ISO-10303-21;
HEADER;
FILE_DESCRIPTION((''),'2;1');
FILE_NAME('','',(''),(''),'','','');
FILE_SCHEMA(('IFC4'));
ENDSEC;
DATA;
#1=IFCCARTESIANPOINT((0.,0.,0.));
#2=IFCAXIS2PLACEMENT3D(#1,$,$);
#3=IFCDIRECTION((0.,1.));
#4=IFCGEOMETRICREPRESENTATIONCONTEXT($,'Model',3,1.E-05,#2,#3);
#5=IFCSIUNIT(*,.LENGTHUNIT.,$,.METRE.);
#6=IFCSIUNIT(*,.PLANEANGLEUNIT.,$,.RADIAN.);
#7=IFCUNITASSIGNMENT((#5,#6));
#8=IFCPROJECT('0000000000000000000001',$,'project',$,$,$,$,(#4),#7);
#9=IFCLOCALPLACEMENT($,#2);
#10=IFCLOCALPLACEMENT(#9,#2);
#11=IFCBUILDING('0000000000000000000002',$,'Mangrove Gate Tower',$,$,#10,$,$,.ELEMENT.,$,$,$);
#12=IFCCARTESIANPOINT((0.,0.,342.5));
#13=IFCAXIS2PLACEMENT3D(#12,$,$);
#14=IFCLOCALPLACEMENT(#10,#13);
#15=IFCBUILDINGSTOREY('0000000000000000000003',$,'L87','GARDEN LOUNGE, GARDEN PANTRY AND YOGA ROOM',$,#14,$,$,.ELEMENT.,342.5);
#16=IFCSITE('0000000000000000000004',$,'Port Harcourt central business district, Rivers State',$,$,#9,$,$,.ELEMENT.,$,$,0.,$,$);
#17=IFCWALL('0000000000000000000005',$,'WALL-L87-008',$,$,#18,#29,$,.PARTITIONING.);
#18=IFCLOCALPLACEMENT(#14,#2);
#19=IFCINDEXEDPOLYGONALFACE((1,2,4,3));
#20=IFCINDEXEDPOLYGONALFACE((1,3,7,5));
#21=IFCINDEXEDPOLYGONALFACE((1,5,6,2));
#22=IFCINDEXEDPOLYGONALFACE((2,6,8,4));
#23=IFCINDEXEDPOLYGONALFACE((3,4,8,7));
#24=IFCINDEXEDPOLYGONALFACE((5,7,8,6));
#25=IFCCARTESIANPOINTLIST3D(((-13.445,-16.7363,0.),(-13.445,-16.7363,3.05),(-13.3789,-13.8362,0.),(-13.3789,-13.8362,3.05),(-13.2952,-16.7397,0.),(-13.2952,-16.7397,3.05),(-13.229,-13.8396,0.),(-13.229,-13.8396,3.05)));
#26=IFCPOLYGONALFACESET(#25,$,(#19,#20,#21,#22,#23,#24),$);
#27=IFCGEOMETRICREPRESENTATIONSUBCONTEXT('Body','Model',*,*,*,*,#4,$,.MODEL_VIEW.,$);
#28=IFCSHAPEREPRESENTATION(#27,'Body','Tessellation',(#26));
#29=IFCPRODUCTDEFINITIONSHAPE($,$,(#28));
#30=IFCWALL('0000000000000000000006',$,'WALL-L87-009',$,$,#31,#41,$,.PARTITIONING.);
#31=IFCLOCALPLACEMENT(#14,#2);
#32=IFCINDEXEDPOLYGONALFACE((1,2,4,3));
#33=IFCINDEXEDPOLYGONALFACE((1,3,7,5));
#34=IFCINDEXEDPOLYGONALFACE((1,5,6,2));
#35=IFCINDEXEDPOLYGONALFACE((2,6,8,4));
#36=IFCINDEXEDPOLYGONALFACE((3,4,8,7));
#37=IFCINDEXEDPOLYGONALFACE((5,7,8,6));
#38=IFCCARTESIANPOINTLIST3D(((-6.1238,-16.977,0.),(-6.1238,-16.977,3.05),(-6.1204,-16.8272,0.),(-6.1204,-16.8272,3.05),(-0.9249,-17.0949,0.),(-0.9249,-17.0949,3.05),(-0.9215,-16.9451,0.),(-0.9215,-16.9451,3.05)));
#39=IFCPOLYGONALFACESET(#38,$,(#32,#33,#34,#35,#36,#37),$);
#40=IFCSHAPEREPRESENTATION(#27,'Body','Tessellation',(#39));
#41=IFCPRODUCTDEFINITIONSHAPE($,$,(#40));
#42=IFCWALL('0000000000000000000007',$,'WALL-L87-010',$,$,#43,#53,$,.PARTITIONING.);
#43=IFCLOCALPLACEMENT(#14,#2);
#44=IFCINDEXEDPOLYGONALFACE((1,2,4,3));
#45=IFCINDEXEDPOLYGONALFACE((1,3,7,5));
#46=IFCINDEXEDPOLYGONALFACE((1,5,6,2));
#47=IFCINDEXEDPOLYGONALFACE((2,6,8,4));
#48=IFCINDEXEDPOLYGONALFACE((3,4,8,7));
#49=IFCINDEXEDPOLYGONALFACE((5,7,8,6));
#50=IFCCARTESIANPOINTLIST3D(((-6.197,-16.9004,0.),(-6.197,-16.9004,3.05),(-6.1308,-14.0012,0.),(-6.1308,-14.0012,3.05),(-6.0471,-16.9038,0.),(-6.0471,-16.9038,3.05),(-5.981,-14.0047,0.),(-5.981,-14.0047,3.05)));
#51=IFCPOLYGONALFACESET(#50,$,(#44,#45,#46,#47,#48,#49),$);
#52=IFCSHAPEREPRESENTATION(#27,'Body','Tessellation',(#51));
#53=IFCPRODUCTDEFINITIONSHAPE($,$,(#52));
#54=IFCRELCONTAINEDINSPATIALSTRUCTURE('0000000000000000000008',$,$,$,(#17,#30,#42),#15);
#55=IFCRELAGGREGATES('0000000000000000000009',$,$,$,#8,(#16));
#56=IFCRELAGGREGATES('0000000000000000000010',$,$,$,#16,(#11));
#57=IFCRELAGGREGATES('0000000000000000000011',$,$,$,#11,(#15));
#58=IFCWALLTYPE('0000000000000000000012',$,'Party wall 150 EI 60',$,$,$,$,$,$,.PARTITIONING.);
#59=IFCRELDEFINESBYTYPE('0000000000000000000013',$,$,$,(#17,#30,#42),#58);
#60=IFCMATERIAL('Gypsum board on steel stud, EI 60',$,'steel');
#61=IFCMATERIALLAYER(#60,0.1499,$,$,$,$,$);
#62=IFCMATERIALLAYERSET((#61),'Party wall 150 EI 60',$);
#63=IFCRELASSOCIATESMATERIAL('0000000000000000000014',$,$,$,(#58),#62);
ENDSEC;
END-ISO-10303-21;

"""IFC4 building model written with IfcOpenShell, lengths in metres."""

from ifc_helpers import new_model, si_unit, direction, frame, frame_2d, origin, place, context, subcontext, project, spatial, rectangle, extrude, material, layer, layer_set, type_object, element, save


model = new_model("IFC4")

# Units and contexts
model_context = context("Model", 3, precision=1e-05, world=origin(), true_north=direction((0.0, 1.0)))
body_context = subcontext(model_context, "Body", "Model", "MODEL_VIEW")
ifc_project = project(units=[si_unit("LENGTHUNIT", "METRE"), si_unit("PLANEANGLEUNIT", "RADIAN")], contexts=[model_context])

# Site, building, storey
site_placement = place(None, origin())
site = spatial("IfcSite", under=ifc_project, at=site_placement, Name="Port Harcourt central business district, Rivers State", CompositionType="ELEMENT", RefElevation=0.0)
building_placement = place(site_placement, origin())
building = spatial("IfcBuilding", under=site, at=building_placement, Name="Mangrove Gate Tower", CompositionType="ELEMENT")
storey_placement = place(building_placement, frame((0.0, 0.0, 342.5)))
storey = spatial("IfcBuildingStorey", under=building, at=storey_placement, Name="L87", Description="GARDEN LOUNGE, GARDEN PANTRY AND YOGA ROOM", CompositionType="ELEMENT", Elevation=342.5)

# Walls
ifc_material_1 = material(Name="Gypsum board on steel stud, EI 60", Category="steel")
ifc_layer_1 = layer(ifc_material_1, 0.1499)
ifc_layer_set_1 = layer_set([ifc_layer_1], Name="Party wall 150 EI 60")
wall_type_1 = type_object("IfcWallType", Name="Party wall 150 EI 60", PredefinedType="PARTITIONING", material=ifc_layer_set_1)
wall_1_placement = place(storey_placement, frame((-13.3701, -16.738, 0.0), z_axis=(0.0, 0.0, 1.0), x_axis=(0.022807, 0.99974, 0.0)))
element("IfcWall", 1, at=wall_1_placement, inside=storey, type_object=wall_type_1, Name="WALL-L87-008", PredefinedType="PARTITIONING", context=body_context, shape_type="SweptSolid", body=[
    extrude(rectangle(XDim=2.9009, YDim=0.1499, at=frame_2d((1.4504, 0.0))), origin(), (0.0, 0.0, 1.0), 3.05),
])
wall_2_placement = place(storey_placement, frame((-6.1221, -16.9021, 0.0), z_axis=(0.0, 0.0, 1.0), x_axis=(0.999743, -0.022676, 0.0)))
element("IfcWall", 2, at=wall_2_placement, inside=storey, type_object=wall_type_1, Name="WALL-L87-009", PredefinedType="PARTITIONING", context=body_context, shape_type="SweptSolid", body=[
    extrude(rectangle(XDim=5.2002, YDim=0.1499, at=frame_2d((2.6001, 0.0))), origin(), (0.0, 0.0, 1.0), 3.05),
])
wall_3_placement = place(storey_placement, frame((-6.1221, -16.9021, 0.0), z_axis=(0.0, 0.0, 1.0), x_axis=(0.022815, 0.99974, 0.0)))
element("IfcWall", 3, at=wall_3_placement, inside=storey, type_object=wall_type_1, Name="WALL-L87-010", PredefinedType="PARTITIONING", context=body_context, shape_type="SweptSolid", body=[
    extrude(rectangle(XDim=2.8999, YDim=0.1499, at=frame_2d((1.45, 0.0))), origin(), (0.0, 0.0, 1.0), 3.05),
])

save(model, "model.ifc")
